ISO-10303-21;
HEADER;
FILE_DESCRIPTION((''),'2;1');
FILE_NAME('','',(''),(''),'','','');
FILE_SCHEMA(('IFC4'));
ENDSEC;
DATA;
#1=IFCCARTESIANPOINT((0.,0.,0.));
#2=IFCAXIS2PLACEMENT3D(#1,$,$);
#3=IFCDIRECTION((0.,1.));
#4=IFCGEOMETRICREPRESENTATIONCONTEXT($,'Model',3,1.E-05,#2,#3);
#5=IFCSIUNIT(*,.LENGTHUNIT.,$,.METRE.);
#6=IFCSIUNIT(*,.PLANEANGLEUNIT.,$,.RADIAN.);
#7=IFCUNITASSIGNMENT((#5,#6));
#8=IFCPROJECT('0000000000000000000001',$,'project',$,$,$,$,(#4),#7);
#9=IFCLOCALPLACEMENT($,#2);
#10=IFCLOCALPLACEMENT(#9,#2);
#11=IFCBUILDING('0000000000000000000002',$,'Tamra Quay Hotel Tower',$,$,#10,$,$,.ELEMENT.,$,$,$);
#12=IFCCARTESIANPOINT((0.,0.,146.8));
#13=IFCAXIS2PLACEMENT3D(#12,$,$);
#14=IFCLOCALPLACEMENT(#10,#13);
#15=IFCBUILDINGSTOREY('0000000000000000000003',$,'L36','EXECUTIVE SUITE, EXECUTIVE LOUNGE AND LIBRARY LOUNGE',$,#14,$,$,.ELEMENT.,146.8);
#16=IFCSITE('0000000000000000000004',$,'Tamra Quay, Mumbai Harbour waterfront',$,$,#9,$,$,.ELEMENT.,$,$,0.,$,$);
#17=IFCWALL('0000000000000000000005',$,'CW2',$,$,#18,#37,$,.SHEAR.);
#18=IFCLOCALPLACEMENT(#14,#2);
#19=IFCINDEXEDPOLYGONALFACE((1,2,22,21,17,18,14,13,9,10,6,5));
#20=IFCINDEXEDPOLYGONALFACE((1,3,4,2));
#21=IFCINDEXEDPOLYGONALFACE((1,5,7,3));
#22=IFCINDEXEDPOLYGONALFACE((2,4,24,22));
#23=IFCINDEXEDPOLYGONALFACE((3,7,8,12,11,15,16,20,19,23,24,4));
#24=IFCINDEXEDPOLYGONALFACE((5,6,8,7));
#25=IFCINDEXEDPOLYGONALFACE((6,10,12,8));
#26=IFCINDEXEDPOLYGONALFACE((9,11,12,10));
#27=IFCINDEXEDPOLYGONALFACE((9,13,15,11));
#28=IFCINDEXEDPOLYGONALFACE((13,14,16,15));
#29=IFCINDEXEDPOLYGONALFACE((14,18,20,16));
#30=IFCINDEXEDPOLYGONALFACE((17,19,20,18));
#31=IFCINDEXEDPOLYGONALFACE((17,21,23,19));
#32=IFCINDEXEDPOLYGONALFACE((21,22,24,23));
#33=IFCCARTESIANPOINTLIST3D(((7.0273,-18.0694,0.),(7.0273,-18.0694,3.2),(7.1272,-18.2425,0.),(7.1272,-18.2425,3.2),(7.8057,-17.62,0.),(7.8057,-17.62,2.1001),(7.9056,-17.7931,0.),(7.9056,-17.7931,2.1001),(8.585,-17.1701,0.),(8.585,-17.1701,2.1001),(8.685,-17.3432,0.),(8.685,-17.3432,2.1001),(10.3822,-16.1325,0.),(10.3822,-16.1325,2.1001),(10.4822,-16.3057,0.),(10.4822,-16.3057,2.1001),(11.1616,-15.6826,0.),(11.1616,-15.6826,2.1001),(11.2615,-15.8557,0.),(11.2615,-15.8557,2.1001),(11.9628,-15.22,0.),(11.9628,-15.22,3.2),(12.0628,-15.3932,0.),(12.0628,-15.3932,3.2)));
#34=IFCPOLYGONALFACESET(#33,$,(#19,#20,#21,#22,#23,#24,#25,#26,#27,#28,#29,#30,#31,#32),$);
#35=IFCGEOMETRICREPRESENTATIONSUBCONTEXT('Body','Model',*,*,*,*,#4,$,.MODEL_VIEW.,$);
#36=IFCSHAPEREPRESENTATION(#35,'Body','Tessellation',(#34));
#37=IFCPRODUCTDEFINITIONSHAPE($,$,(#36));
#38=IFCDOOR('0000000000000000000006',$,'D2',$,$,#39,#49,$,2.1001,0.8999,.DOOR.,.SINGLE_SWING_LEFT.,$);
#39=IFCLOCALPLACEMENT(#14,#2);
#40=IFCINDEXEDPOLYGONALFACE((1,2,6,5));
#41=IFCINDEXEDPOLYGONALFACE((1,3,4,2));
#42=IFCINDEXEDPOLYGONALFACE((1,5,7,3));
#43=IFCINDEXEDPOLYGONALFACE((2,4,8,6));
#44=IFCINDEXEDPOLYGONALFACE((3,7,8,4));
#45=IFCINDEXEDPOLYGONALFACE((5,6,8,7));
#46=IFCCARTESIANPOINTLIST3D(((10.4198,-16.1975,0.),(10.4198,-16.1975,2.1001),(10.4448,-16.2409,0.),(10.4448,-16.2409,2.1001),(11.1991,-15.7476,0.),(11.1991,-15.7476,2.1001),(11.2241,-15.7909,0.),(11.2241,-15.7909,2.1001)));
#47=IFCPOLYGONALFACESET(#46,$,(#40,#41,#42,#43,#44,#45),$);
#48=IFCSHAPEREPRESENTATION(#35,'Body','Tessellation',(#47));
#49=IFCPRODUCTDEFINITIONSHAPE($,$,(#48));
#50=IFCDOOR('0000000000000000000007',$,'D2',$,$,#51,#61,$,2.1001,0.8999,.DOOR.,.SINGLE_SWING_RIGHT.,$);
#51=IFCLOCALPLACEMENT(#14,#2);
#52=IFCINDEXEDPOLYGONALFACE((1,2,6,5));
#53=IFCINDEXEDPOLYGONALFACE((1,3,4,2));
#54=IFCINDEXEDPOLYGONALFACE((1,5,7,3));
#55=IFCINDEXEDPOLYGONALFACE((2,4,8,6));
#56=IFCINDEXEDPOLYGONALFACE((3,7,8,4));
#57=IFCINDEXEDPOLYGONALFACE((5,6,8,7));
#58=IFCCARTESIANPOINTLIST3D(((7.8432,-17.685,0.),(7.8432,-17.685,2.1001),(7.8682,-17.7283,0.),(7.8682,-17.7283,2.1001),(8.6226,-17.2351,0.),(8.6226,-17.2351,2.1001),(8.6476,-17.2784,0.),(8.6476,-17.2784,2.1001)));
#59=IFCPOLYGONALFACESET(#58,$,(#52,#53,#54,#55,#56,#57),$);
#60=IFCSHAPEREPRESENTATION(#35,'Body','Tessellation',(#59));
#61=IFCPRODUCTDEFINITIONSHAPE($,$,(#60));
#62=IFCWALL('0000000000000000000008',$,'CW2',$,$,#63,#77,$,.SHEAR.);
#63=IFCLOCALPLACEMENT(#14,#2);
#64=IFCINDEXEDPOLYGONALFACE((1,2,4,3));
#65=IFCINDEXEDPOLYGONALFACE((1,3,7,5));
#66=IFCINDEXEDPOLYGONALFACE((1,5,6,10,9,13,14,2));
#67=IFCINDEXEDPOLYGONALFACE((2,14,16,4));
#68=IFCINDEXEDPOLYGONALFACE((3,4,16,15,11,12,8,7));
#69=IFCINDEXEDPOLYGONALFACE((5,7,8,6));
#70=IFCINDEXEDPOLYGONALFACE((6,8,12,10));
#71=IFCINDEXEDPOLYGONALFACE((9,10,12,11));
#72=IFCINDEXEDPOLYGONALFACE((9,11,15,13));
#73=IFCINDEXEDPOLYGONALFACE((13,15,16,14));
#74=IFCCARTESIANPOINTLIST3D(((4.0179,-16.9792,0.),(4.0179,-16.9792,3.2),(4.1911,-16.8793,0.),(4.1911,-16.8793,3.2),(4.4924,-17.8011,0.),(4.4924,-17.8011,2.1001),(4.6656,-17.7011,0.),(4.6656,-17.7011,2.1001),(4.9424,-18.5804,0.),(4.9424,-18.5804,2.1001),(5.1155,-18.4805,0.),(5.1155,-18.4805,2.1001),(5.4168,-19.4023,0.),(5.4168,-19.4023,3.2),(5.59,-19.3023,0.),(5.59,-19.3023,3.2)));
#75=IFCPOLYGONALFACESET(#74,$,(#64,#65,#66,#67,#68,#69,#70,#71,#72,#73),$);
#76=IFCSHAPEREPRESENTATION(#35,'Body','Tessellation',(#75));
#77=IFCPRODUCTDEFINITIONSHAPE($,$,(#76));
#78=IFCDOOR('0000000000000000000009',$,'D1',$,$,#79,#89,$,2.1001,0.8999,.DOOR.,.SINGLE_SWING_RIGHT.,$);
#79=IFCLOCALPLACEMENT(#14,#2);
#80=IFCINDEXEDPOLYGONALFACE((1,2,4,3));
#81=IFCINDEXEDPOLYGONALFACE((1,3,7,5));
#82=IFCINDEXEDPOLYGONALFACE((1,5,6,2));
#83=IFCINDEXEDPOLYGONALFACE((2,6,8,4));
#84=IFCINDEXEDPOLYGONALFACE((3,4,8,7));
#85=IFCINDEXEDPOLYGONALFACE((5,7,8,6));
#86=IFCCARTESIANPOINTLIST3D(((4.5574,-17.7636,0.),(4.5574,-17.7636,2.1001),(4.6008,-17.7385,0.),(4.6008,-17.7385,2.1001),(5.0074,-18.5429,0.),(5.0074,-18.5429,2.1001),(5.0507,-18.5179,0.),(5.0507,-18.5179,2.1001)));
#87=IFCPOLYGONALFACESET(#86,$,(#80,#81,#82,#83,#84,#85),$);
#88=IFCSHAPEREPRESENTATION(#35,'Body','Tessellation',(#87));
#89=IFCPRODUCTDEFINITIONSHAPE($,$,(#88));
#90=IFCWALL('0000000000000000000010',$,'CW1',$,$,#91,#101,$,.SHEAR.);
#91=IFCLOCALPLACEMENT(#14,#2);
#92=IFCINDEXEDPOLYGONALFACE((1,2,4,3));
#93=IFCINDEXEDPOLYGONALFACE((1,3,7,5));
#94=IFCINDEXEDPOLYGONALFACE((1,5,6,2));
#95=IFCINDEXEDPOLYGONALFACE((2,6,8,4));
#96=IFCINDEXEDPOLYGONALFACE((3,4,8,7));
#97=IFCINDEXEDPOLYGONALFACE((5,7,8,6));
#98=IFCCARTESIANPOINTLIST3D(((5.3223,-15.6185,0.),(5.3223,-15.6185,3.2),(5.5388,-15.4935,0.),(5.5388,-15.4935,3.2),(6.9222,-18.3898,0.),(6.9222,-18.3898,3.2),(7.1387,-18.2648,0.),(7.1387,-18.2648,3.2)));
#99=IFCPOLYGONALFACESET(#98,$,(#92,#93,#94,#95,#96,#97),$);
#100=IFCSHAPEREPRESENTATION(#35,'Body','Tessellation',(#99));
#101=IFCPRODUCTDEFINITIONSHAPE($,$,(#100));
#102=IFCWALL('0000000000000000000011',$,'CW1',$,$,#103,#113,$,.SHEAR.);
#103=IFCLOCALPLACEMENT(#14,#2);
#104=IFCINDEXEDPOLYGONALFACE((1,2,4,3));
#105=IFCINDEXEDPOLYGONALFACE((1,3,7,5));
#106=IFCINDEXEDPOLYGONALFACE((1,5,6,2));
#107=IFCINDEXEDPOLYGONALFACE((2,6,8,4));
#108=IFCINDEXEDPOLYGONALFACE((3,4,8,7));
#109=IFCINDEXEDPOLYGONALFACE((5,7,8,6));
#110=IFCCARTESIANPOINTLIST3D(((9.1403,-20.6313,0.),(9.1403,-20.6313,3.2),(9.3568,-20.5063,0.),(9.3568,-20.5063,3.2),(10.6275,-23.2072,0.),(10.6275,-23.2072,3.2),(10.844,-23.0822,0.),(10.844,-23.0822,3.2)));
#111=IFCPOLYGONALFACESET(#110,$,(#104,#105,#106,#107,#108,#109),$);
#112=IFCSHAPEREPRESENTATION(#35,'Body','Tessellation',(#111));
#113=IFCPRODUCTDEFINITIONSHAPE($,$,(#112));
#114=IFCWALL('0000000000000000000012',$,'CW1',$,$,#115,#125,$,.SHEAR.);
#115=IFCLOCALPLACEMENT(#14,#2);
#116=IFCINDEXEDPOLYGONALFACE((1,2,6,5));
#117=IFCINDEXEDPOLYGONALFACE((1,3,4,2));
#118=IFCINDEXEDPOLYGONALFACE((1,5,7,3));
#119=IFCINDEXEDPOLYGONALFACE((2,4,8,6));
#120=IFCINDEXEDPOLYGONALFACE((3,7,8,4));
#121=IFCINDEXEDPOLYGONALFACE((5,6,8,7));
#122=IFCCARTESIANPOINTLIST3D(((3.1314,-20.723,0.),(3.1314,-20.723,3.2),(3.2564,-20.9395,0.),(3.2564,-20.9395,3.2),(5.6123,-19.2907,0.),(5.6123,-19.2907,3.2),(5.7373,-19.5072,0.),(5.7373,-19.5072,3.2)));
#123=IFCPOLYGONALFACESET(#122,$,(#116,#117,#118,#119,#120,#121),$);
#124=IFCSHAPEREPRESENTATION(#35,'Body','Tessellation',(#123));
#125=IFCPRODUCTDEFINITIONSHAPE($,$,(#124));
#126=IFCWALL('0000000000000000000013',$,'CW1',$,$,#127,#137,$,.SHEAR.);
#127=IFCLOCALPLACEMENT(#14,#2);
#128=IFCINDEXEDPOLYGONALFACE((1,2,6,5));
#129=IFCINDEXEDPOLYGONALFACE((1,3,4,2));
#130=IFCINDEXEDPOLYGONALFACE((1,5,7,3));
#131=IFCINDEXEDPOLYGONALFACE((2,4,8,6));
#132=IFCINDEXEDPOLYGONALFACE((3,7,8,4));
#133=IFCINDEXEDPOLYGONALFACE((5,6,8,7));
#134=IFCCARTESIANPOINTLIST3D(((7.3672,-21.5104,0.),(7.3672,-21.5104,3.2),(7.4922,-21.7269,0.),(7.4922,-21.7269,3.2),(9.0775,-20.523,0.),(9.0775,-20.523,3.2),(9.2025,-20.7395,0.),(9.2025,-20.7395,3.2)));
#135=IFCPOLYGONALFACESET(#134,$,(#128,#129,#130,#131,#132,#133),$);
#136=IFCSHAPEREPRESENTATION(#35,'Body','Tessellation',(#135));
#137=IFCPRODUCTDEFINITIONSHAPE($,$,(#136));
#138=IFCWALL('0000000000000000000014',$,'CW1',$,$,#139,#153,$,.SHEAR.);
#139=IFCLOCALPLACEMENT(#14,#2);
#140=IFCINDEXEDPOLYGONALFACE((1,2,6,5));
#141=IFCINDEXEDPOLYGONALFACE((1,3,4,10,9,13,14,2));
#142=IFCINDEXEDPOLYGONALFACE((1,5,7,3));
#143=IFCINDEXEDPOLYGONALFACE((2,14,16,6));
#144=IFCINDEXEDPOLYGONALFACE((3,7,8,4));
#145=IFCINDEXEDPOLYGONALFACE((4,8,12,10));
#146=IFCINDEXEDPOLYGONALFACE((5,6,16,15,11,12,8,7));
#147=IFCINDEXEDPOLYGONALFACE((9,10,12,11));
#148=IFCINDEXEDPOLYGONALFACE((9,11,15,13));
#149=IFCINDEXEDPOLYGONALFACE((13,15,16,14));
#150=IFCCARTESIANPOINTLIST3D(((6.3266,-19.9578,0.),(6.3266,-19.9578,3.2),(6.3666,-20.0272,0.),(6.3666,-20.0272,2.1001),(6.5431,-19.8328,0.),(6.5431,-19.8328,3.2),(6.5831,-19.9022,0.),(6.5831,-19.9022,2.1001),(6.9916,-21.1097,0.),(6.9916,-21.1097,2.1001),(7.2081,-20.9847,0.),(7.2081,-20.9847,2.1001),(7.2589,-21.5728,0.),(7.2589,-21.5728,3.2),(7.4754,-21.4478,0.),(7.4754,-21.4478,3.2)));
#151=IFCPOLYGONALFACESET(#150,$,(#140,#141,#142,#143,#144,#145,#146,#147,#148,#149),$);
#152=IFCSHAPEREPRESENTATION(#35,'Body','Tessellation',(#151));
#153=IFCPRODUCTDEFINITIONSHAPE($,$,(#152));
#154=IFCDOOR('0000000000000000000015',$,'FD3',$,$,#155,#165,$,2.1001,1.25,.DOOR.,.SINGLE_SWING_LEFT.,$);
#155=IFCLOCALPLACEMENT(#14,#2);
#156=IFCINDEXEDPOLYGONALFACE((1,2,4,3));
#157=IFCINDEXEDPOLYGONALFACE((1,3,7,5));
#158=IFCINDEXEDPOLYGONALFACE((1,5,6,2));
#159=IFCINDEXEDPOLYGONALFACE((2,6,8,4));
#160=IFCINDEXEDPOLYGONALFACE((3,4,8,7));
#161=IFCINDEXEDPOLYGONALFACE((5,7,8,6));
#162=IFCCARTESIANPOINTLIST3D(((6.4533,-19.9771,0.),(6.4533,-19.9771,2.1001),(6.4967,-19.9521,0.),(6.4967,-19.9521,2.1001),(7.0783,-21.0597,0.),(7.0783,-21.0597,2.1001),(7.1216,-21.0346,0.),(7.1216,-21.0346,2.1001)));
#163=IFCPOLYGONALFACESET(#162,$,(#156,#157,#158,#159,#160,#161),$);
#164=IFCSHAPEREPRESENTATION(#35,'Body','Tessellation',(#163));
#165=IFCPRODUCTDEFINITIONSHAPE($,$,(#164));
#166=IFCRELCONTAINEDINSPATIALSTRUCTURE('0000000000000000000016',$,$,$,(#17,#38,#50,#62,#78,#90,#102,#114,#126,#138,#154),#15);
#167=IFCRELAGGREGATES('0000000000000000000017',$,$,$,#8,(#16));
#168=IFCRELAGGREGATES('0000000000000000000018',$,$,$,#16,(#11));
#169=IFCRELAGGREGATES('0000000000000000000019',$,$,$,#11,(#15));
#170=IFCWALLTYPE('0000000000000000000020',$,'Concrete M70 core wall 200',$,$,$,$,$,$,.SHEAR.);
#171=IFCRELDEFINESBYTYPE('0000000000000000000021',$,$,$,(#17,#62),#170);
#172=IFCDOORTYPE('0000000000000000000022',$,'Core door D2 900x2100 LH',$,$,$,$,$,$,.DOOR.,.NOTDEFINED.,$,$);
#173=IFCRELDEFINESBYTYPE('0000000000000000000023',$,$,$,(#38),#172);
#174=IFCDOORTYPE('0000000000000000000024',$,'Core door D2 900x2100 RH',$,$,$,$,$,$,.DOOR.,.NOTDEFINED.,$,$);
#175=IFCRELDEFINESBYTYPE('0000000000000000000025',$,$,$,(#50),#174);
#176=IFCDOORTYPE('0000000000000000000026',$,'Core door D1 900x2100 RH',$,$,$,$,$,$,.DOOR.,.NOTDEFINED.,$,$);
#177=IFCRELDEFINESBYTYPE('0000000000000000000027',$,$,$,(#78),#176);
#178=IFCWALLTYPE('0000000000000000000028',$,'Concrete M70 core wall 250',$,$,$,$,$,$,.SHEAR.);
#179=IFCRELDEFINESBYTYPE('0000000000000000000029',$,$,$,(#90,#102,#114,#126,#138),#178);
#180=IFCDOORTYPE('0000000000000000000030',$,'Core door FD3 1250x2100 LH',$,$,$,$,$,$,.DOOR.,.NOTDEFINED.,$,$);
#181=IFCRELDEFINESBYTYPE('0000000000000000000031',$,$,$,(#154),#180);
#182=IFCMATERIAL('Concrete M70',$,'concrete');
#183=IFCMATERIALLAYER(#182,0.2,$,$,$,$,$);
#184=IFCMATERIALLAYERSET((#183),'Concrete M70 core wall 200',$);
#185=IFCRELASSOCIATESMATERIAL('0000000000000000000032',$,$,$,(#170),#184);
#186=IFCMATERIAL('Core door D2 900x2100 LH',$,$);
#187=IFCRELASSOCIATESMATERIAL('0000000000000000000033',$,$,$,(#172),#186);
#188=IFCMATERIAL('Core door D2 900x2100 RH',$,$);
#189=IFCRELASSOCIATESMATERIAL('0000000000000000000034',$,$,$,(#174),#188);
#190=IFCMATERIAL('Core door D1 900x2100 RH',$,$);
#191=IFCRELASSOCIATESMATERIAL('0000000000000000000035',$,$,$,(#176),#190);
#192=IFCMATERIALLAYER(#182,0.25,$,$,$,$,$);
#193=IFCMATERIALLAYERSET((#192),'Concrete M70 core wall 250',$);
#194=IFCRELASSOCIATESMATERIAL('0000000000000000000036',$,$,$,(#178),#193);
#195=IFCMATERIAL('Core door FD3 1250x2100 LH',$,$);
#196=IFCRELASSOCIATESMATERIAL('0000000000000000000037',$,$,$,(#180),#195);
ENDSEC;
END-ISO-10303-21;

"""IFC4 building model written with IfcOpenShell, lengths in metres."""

from ifc_helpers import new_model, si_unit, direction, frame, frame_2d, origin, place, context, subcontext, project, spatial, rectangle, extrude, material, layer, layer_set, type_object, element, fill, save


model = new_model("IFC4")

# Units and contexts
model_context = context("Model", 3, precision=1e-05, world=origin(), true_north=direction((0.0, 1.0)))
body_context = subcontext(model_context, "Body", "Model", "MODEL_VIEW")
ifc_project = project(units=[si_unit("LENGTHUNIT", "METRE"), si_unit("PLANEANGLEUNIT", "RADIAN")], contexts=[model_context])

# Site, building, storey
site_placement = place(None, origin())
site = spatial("IfcSite", under=ifc_project, at=site_placement, Name="Tamra Quay, Mumbai Harbour waterfront", CompositionType="ELEMENT", RefElevation=0.0)
building_placement = place(site_placement, origin())
building = spatial("IfcBuilding", under=site, at=building_placement, Name="Tamra Quay Hotel Tower", CompositionType="ELEMENT")
storey_placement = place(building_placement, frame((0.0, 0.0, 146.8)))
storey = spatial("IfcBuildingStorey", under=building, at=storey_placement, Name="L36", Description="EXECUTIVE SUITE, EXECUTIVE LOUNGE AND LIBRARY LOUNGE", CompositionType="ELEMENT", Elevation=146.8)

# Shared definitions
ifc_material_1 = material(Name="Concrete M70", Category="concrete")

# Wall, openings, doors
ifc_layer_1 = layer(ifc_material_1, 0.2)
ifc_layer_set_1 = layer_set([ifc_layer_1], Name="Concrete M70 core wall 200")
wall_type_1 = type_object("IfcWallType", Name="Concrete M70 core wall 200", PredefinedType="SHEAR", material=ifc_layer_set_1)
wall_1_placement = place(storey_placement, frame((7.0771, -18.156, 0.0), z_axis=(0.0, 0.0, 1.0), x_axis=(0.866039, 0.499977, 0.0)))
wall_1 = element("IfcWall", 1, at=wall_1_placement, inside=storey, type_object=wall_type_1, Name="CW2", PredefinedType="SHEAR", context=body_context, shape_type="SweptSolid", body=[
    extrude(rectangle(XDim=5.699, YDim=0.2, at=frame_2d((2.8496, 0.0))), origin(), (0.0, 0.0, 1.0), 3.2),
])
opening_1_placement = place(wall_1_placement, frame((0.8989, 0.0, 0.0)))
opening_1 = element("IfcOpeningElement", 2, at=opening_1_placement, cuts=wall_1, PredefinedType="OPENING", context=body_context, shape_type="SweptSolid", body=[
    extrude(rectangle(XDim=0.8999, YDim=2.1001, at=frame_2d((0.45, 1.05))), frame((0.0, 0.1099, 0.0), z_axis=(0.0, -1.0, 0.0), x_axis=(1.0, 0.0, 0.0)), (0.0, 0.0, 1.0), 0.22),
])
opening_2_placement = place(wall_1_placement, frame((3.874, 0.0, 0.0)))
opening_2 = element("IfcOpeningElement", 3, at=opening_2_placement, cuts=wall_1, PredefinedType="OPENING", context=body_context, shape_type="SweptSolid", body=[
    extrude(rectangle(XDim=0.8999, YDim=2.1001, at=frame_2d((0.45, 1.05))), frame((0.0, 0.1099, 0.0), z_axis=(0.0, -1.0, 0.0), x_axis=(1.0, 0.0, 0.0)), (0.0, 0.0, 1.0), 0.22),
])
ifc_material_2 = material(Name="Core door D2 900x2100 LH")
door_type_1 = type_object("IfcDoorType", Name="Core door D2 900x2100 LH", OperationType="NOTDEFINED", PredefinedType="DOOR", material=ifc_material_2)
door_1_placement = place(opening_2_placement, origin())
door_1 = element("IfcDoor", 4, at=door_1_placement, inside=storey, type_object=door_type_1, Name="D2", OperationType="SINGLE_SWING_LEFT", OverallHeight=2.1001, OverallWidth=0.8999, PredefinedType="DOOR", context=body_context, shape_type="SweptSolid", body=[
    extrude(rectangle(XDim=0.8999, YDim=2.1001, at=frame_2d((0.45, 1.05))), frame((0.0, 0.0249, 0.0), z_axis=(0.0, -1.0, 0.0), x_axis=(1.0, 0.0, 0.0)), (0.0, 0.0, 1.0), 0.05),
])
fill(opening_2, door_1)
ifc_material_3 = material(Name="Core door D2 900x2100 RH")
door_type_2 = type_object("IfcDoorType", Name="Core door D2 900x2100 RH", OperationType="NOTDEFINED", PredefinedType="DOOR", material=ifc_material_3)
door_2_placement = place(opening_1_placement, origin())
door_2 = element("IfcDoor", 5, at=door_2_placement, inside=storey, type_object=door_type_2, Name="D2", OperationType="SINGLE_SWING_RIGHT", OverallHeight=2.1001, OverallWidth=0.8999, PredefinedType="DOOR", context=body_context, shape_type="SweptSolid", body=[
    extrude(rectangle(XDim=0.8999, YDim=2.1001, at=frame_2d((0.45, 1.05))), frame((0.0, 0.0249, 0.0), z_axis=(0.0, -1.0, 0.0), x_axis=(1.0, 0.0, 0.0)), (0.0, 0.0, 1.0), 0.05),
])
fill(opening_1, door_2)

# Wall, opening, door
wall_2_placement = place(storey_placement, frame((5.5034, -19.3523, 0.0), z_axis=(0.0, 0.0, 1.0), x_axis=(-0.499987, 0.866033, 0.0)))
wall_2 = element("IfcWall", 6, at=wall_2_placement, inside=storey, type_object=wall_type_1, Name="CW2", PredefinedType="SHEAR", context=body_context, shape_type="SweptSolid", body=[
    extrude(rectangle(XDim=2.7979, YDim=0.2, at=frame_2d((1.3989, 0.0))), origin(), (0.0, 0.0, 1.0), 3.2),
])
opening_3_placement = place(wall_2_placement, frame((0.949, 0.0, 0.0)))
opening_3 = element("IfcOpeningElement", 7, at=opening_3_placement, cuts=wall_2, PredefinedType="OPENING", context=body_context, shape_type="SweptSolid", body=[
    extrude(rectangle(XDim=0.8999, YDim=2.1001, at=frame_2d((0.45, 1.05))), frame((0.0, 0.1099, 0.0), z_axis=(0.0, -1.0, 0.0), x_axis=(1.0, 0.0, 0.0)), (0.0, 0.0, 1.0), 0.22),
])
ifc_material_4 = material(Name="Core door D1 900x2100 RH")
door_type_3 = type_object("IfcDoorType", Name="Core door D1 900x2100 RH", OperationType="NOTDEFINED", PredefinedType="DOOR", material=ifc_material_4)
door_3_placement = place(opening_3_placement, origin())
door_3 = element("IfcDoor", 8, at=door_3_placement, inside=storey, type_object=door_type_3, Name="D1", OperationType="SINGLE_SWING_RIGHT", OverallHeight=2.1001, OverallWidth=0.8999, PredefinedType="DOOR", context=body_context, shape_type="SweptSolid", body=[
    extrude(rectangle(XDim=0.8999, YDim=2.1001, at=frame_2d((0.45, 1.05))), frame((0.0, 0.0249, 0.0), z_axis=(0.0, -1.0, 0.0), x_axis=(1.0, 0.0, 0.0)), (0.0, 0.0, 1.0), 0.05),
])
fill(opening_3, door_3)

# Walls
ifc_layer_2 = layer(ifc_material_1, 0.25)
ifc_layer_set_2 = layer_set([ifc_layer_2], Name="Concrete M70 core wall 250")
wall_type_2 = type_object("IfcWallType", Name="Concrete M70 core wall 250", PredefinedType="SHEAR", material=ifc_layer_set_2)
wall_3_placement = place(storey_placement, frame((7.0305, -18.3274, 0.0), z_axis=(0.0, 0.0, 1.0), x_axis=(-0.499971, 0.866042, 0.0)))
element("IfcWall", 9, at=wall_3_placement, inside=storey, type_object=wall_type_2, Name="CW1", PredefinedType="SHEAR", context=body_context, shape_type="SweptSolid", body=[
    extrude(rectangle(XDim=3.2, YDim=0.25, at=frame_2d((1.6001, 0.0))), origin(), (0.0, 0.0, 1.0), 3.2),
])
wall_4_placement = place(storey_placement, frame((10.7358, -23.1448, 0.0), z_axis=(0.0, 0.0, 1.0), x_axis=(-0.500023, 0.866012, 0.0)))
element("IfcWall", 10, at=wall_4_placement, inside=storey, type_object=wall_type_2, Name="CW1", PredefinedType="SHEAR", context=body_context, shape_type="SweptSolid", body=[
    extrude(rectangle(XDim=2.9744, YDim=0.25, at=frame_2d((1.4873, 0.0))), origin(), (0.0, 0.0, 1.0), 3.2),
])
wall_5_placement = place(storey_placement, frame((5.6748, -19.3989, 0.0), z_axis=(0.0, 0.0, 1.0), x_axis=(-0.866027, -0.499998, 0.0)))
element("IfcWall", 11, at=wall_5_placement, inside=storey, type_object=wall_type_2, Name="CW1", PredefinedType="SHEAR", context=body_context, shape_type="SweptSolid", body=[
    extrude(rectangle(XDim=2.8647, YDim=0.25, at=frame_2d((1.4324, 0.0))), origin(), (0.0, 0.0, 1.0), 3.2),
])
wall_6_placement = place(storey_placement, frame((9.1399, -20.6313, 0.0), z_axis=(0.0, 0.0, 1.0), x_axis=(-0.866044, -0.499969, 0.0)))
element("IfcWall", 12, at=wall_6_placement, inside=storey, type_object=wall_type_2, Name="CW1", PredefinedType="SHEAR", context=body_context, shape_type="SweptSolid", body=[
    extrude(rectangle(XDim=1.9749, YDim=0.25, at=frame_2d((0.9873, 0.0))), origin(), (0.0, 0.0, 1.0), 3.2),
])

# Wall, opening, door
wall_7_placement = place(storey_placement, frame((7.3672, -21.5103, 0.0), z_axis=(0.0, 0.0, 1.0), x_axis=(-0.499983, 0.866035, 0.0)))
wall_7 = element("IfcWall", 13, at=wall_7_placement, inside=storey, type_object=wall_type_2, Name="CW1", PredefinedType="SHEAR", context=body_context, shape_type="SweptSolid", body=[
    extrude(rectangle(XDim=1.8647, YDim=0.25, at=frame_2d((0.9324, 0.0))), origin(), (0.0, 0.0, 1.0), 3.2),
])
opening_4_placement = place(wall_7_placement, frame((0.5347, 0.0, 0.0)))
opening_4 = element("IfcOpeningElement", 14, at=opening_4_placement, cuts=wall_7, PredefinedType="OPENING", context=body_context, shape_type="SweptSolid", body=[
    extrude(rectangle(XDim=1.25, YDim=2.1001, at=frame_2d((0.625, 1.05))), frame((0.0, 0.135, 0.0), z_axis=(0.0, -1.0, 0.0), x_axis=(1.0, 0.0, 0.0)), (0.0, 0.0, 1.0), 0.27),
])
ifc_material_5 = material(Name="Core door FD3 1250x2100 LH")
door_type_4 = type_object("IfcDoorType", Name="Core door FD3 1250x2100 LH", OperationType="NOTDEFINED", PredefinedType="DOOR", material=ifc_material_5)
door_4_placement = place(opening_4_placement, origin())
door_4 = element("IfcDoor", 15, at=door_4_placement, inside=storey, type_object=door_type_4, Name="FD3", OperationType="SINGLE_SWING_LEFT", OverallHeight=2.1001, OverallWidth=1.25, PredefinedType="DOOR", context=body_context, shape_type="SweptSolid", body=[
    extrude(rectangle(XDim=1.25, YDim=2.1001, at=frame_2d((0.625, 1.05))), frame((0.0, 0.0249, 0.0), z_axis=(0.0, -1.0, 0.0), x_axis=(1.0, 0.0, 0.0)), (0.0, 0.0, 1.0), 0.05),
])
fill(opening_4, door_4)

save(model, "model.ifc")
